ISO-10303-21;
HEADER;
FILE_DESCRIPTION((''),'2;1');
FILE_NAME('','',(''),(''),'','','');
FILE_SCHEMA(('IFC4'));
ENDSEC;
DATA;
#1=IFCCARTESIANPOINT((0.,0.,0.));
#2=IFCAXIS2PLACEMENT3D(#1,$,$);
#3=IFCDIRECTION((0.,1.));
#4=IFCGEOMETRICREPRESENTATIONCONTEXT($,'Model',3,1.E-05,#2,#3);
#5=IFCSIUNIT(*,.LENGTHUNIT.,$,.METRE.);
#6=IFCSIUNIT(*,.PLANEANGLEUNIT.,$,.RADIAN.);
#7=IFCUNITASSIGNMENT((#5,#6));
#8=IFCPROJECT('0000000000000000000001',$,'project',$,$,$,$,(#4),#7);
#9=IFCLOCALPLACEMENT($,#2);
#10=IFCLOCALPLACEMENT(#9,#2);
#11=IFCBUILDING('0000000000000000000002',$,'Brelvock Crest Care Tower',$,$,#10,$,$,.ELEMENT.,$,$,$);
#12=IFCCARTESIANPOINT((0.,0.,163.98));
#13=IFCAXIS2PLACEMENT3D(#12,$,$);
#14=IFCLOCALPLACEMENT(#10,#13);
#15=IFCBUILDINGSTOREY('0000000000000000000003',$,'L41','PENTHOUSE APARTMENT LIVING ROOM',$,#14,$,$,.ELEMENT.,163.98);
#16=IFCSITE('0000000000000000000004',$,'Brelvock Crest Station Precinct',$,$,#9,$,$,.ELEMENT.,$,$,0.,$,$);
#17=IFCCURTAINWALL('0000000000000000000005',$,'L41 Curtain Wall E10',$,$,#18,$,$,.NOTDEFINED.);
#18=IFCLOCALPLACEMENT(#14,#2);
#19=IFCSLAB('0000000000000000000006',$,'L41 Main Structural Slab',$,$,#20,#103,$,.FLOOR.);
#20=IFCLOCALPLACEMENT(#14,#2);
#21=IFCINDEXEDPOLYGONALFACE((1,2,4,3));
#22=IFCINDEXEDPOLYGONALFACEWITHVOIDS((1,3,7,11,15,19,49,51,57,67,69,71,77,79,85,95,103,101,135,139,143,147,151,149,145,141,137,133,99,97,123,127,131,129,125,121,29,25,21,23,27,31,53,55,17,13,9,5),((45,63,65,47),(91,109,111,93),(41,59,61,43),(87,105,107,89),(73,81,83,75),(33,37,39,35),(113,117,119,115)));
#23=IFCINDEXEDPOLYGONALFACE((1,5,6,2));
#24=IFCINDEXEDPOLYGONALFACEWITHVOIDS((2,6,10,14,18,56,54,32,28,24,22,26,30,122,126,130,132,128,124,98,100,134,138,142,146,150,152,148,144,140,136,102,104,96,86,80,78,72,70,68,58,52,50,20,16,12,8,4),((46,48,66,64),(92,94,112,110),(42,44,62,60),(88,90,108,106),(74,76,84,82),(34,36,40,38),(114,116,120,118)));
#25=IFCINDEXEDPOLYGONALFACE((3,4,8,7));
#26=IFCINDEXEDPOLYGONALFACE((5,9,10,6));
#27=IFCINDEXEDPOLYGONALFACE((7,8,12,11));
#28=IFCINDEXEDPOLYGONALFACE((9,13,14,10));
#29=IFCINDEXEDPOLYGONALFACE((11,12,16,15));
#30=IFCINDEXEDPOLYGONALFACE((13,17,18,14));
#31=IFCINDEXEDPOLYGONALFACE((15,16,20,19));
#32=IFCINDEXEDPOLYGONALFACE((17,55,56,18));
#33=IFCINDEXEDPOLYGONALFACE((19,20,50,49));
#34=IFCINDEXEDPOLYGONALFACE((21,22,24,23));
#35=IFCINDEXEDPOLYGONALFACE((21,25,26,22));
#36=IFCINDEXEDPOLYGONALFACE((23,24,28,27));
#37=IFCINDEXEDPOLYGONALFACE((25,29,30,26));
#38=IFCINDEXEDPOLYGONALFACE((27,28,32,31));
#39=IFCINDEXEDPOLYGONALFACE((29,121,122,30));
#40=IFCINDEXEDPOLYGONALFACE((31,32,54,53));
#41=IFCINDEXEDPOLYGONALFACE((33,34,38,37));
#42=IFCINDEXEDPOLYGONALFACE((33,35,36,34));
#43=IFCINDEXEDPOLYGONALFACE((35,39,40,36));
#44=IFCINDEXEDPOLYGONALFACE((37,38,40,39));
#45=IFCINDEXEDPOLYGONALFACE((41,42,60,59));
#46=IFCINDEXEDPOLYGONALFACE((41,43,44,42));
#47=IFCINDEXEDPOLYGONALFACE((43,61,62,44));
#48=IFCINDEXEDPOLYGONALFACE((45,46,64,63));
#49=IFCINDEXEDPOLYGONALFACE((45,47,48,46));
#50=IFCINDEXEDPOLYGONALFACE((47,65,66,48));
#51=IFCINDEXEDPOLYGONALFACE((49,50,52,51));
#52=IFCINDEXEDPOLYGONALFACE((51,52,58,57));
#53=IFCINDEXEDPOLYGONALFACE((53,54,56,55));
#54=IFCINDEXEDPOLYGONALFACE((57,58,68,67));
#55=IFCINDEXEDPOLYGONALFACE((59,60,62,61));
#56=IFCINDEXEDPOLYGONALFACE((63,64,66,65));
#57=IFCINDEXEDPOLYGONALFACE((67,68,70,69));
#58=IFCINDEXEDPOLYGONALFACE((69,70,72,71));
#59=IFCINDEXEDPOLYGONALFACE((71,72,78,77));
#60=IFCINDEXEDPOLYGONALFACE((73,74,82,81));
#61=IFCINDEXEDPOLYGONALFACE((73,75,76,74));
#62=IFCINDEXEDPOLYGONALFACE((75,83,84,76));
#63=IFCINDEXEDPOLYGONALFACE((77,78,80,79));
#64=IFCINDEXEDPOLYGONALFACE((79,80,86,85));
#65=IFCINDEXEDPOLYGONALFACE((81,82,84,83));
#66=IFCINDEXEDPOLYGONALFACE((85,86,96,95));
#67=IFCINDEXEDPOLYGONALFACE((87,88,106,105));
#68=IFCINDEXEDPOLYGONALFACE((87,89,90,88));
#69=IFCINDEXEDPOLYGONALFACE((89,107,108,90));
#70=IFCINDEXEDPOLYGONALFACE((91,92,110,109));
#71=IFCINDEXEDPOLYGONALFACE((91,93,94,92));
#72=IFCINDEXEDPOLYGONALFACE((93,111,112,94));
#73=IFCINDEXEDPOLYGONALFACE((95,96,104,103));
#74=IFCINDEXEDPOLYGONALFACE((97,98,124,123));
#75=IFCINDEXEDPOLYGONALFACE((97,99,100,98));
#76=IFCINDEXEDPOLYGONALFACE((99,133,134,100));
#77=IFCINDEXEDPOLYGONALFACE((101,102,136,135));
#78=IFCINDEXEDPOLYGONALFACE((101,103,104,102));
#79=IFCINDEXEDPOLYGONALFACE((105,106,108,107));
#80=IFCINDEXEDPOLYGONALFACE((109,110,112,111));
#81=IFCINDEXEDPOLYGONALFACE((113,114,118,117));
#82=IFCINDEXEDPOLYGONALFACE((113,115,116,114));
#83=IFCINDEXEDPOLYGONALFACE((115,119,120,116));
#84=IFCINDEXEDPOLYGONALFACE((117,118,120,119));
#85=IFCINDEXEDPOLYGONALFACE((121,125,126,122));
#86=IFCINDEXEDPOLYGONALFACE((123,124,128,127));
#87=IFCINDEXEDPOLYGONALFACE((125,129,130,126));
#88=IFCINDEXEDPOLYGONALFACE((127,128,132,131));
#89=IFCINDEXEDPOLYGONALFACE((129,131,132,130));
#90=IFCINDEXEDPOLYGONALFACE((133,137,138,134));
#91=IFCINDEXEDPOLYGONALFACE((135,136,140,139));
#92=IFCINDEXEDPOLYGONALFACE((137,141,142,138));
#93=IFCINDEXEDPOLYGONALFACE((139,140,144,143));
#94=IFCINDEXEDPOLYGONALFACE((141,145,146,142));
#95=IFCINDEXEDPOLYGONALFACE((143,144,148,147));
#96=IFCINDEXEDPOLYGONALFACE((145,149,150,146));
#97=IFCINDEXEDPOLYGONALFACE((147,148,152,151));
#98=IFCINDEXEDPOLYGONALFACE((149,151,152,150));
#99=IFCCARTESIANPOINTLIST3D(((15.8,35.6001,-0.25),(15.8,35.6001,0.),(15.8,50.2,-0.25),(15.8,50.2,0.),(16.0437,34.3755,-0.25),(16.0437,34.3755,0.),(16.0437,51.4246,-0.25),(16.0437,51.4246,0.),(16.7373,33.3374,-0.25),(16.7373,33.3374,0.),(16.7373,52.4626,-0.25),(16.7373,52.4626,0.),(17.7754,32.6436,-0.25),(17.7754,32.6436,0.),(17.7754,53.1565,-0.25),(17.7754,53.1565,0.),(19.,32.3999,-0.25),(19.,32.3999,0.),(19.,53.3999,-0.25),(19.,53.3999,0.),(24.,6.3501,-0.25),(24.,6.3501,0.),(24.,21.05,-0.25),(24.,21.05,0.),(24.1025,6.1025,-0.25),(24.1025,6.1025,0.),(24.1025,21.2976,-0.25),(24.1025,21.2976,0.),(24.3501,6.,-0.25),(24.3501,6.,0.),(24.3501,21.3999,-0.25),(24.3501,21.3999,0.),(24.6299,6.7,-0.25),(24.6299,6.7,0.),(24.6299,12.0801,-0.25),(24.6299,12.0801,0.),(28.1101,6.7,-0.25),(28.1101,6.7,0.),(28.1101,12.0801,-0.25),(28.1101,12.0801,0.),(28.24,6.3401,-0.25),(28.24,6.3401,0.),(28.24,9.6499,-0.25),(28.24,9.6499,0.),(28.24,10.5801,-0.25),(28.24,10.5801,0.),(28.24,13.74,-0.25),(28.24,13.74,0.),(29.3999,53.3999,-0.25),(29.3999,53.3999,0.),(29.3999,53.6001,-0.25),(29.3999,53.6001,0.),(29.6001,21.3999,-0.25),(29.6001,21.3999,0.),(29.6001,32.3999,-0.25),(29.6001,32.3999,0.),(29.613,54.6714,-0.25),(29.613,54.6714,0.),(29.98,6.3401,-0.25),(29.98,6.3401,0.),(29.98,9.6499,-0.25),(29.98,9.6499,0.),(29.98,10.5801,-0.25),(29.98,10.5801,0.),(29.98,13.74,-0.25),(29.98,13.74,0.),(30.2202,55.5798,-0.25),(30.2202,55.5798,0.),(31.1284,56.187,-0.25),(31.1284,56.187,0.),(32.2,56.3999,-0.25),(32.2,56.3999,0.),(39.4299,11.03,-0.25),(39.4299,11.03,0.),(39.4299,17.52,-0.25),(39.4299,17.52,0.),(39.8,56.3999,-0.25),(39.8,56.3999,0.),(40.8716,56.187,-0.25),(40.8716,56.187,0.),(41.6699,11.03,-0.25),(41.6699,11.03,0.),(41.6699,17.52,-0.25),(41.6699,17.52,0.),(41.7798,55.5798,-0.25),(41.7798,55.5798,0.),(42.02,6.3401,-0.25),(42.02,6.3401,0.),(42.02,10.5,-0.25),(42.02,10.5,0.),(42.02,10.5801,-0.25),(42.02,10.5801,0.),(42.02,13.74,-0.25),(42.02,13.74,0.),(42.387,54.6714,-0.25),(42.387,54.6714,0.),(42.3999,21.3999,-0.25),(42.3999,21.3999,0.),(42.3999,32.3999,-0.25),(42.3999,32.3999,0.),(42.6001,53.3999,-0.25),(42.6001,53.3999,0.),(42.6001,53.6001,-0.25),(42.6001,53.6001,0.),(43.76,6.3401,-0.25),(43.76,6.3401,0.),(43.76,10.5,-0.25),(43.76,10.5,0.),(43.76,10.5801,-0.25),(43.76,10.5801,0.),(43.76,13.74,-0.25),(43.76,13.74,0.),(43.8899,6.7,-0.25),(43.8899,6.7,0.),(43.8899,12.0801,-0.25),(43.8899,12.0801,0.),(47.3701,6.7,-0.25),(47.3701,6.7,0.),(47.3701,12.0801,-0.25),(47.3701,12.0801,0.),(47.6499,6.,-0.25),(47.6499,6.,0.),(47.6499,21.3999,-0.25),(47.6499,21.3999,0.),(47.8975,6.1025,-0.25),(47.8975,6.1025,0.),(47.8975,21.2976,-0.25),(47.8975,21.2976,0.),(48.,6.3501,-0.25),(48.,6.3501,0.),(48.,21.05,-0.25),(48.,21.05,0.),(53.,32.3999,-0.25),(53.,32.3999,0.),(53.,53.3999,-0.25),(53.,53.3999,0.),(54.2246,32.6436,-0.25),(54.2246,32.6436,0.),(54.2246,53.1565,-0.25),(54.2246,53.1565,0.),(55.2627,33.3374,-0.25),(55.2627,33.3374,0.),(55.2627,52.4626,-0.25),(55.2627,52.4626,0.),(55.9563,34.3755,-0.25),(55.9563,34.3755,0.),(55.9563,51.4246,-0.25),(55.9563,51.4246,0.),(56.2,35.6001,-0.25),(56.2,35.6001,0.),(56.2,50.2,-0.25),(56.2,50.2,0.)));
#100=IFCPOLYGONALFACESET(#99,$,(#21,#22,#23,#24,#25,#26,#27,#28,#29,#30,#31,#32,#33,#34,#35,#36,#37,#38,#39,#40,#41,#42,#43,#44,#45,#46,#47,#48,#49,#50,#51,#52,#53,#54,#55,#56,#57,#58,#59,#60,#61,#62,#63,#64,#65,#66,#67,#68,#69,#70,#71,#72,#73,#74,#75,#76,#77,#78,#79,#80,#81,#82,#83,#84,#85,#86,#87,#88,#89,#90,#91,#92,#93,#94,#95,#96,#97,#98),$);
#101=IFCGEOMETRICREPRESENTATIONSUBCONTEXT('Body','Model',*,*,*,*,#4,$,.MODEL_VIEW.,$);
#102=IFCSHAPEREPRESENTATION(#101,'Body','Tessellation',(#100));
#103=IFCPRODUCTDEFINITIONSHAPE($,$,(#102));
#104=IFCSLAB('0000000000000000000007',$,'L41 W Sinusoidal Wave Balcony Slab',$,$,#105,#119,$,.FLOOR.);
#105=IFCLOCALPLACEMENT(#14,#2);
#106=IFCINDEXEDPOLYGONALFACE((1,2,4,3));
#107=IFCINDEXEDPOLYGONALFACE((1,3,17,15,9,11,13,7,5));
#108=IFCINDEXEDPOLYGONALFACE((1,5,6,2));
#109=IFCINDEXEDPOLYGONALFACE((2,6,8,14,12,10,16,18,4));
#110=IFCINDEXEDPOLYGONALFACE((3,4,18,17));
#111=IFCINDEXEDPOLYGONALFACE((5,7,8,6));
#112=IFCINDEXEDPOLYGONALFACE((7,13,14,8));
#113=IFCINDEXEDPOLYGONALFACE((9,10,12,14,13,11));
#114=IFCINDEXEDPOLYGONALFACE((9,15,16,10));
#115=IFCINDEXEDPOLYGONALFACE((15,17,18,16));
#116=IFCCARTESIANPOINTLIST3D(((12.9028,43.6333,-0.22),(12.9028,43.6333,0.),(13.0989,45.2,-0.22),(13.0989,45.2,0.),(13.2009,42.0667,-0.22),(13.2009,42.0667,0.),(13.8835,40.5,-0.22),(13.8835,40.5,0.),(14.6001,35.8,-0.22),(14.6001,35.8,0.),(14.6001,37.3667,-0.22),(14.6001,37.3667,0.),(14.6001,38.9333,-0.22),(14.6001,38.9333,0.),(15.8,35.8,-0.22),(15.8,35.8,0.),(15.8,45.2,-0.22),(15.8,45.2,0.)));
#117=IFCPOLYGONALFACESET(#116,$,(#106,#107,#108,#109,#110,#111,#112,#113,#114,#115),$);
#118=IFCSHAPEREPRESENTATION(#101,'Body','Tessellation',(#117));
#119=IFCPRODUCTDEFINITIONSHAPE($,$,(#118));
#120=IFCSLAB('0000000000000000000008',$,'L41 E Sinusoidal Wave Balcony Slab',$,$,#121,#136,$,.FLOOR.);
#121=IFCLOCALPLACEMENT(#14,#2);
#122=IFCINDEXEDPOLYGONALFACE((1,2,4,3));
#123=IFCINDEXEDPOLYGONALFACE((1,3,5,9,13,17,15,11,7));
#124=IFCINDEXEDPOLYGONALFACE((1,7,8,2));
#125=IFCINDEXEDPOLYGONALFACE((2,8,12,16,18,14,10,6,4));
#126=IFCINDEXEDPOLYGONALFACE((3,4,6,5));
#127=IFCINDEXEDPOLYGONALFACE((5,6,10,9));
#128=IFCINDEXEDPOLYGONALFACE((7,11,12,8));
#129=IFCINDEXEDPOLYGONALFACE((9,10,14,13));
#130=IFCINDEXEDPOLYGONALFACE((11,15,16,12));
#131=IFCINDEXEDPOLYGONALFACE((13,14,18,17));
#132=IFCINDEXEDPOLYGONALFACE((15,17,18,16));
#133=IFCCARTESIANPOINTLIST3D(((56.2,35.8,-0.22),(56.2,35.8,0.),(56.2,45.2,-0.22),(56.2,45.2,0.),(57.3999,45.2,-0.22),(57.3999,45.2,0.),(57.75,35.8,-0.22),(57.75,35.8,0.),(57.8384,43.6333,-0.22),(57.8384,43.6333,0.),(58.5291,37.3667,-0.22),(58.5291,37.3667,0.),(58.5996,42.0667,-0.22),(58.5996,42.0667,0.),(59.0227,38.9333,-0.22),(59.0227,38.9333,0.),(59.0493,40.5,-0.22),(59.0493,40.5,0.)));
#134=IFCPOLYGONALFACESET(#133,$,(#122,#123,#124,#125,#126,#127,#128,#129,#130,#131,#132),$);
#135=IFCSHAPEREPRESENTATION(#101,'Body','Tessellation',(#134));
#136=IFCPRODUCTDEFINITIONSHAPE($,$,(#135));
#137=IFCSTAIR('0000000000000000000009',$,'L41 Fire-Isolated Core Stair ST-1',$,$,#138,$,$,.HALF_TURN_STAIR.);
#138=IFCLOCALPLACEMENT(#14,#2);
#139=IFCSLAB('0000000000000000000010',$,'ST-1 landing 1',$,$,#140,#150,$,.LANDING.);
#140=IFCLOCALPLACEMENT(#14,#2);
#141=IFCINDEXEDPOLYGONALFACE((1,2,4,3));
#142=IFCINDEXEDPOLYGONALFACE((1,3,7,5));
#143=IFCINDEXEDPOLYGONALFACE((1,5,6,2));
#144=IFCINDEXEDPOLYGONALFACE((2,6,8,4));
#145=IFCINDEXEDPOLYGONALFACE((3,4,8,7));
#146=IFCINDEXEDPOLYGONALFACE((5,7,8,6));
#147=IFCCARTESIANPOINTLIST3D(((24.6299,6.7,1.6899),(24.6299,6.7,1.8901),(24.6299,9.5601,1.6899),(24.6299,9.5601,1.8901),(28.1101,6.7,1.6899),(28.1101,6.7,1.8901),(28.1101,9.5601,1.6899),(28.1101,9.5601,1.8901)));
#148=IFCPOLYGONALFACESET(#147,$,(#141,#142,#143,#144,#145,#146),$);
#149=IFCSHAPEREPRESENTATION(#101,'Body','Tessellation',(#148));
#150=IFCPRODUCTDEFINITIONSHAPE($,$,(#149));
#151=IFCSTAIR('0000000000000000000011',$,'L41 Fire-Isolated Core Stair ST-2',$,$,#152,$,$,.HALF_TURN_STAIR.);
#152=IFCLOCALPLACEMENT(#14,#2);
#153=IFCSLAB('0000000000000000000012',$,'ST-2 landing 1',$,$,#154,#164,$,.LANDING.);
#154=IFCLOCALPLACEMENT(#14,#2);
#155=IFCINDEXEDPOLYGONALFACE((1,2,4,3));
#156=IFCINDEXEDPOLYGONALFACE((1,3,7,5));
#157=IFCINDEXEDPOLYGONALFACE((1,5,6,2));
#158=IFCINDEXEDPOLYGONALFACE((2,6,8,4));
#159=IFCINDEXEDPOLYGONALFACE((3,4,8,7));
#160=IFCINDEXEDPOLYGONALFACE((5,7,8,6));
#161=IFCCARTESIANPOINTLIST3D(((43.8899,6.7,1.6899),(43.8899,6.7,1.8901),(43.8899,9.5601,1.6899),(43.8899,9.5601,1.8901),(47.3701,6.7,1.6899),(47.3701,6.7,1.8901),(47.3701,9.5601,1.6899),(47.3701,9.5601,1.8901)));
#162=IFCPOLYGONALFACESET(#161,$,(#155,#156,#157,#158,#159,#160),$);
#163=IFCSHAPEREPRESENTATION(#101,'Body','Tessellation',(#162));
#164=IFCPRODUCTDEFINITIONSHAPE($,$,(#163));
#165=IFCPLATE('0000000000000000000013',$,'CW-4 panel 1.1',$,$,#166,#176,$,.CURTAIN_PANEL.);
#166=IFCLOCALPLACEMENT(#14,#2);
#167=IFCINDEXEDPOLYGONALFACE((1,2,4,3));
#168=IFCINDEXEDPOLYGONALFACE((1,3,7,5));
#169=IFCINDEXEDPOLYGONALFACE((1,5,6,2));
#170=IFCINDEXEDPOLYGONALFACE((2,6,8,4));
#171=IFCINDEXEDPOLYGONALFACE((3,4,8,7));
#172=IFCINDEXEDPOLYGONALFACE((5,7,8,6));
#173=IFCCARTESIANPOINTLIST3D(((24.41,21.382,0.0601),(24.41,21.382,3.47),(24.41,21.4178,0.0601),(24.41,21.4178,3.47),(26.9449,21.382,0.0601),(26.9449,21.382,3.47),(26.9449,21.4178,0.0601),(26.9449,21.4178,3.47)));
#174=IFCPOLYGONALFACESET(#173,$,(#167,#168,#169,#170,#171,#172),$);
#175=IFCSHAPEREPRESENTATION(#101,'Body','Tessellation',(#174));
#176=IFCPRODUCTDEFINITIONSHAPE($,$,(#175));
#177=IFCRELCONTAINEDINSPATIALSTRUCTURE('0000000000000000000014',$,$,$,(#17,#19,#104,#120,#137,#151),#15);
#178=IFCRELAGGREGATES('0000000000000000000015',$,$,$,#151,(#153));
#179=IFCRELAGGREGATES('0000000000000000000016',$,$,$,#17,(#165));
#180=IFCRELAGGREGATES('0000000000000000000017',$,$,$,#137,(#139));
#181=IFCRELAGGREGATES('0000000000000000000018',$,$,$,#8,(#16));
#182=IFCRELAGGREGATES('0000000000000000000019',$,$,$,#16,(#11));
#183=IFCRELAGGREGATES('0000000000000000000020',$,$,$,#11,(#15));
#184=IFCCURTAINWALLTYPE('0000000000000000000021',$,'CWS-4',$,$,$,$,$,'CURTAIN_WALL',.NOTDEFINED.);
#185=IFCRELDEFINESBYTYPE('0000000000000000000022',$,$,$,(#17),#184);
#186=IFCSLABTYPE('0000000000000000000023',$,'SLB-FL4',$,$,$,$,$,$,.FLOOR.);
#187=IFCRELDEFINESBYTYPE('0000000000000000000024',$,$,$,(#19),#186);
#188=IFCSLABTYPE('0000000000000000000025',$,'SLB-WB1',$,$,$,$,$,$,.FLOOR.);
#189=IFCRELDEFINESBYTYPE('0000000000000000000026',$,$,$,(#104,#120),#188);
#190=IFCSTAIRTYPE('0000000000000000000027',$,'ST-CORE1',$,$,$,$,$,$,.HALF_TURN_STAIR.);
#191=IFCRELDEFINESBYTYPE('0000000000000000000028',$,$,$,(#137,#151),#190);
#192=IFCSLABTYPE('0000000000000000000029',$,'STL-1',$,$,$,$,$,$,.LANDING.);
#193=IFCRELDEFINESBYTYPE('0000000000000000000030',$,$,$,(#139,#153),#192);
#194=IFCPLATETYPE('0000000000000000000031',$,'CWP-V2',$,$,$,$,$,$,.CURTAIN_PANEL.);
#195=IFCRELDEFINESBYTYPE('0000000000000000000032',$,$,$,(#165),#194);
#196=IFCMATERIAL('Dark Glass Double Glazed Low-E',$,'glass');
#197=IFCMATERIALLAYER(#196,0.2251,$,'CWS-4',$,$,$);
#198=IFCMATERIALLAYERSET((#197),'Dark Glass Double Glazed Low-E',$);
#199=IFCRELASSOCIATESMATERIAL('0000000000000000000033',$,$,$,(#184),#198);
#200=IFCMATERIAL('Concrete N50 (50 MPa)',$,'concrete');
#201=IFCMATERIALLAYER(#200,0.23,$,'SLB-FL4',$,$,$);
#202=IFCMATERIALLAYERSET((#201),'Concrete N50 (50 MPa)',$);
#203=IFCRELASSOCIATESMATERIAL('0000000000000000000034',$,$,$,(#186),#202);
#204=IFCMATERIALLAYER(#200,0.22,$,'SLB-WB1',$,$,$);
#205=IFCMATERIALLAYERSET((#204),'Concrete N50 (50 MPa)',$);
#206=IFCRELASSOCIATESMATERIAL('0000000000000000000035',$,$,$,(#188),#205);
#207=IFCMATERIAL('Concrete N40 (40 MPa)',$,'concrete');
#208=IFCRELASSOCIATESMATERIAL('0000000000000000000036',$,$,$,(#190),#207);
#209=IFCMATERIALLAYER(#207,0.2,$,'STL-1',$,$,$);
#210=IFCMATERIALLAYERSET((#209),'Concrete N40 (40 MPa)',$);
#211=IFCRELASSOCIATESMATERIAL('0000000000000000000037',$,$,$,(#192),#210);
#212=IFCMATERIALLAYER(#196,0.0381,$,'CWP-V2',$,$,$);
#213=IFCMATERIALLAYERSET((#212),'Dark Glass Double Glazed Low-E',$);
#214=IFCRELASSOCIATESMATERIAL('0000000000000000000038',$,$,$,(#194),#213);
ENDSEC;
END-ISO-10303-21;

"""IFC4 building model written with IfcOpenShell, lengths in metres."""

from ifc_helpers import new_model, si_unit, direction, frame, origin, origin_2d, place, context, subcontext, project, spatial, polyline, rectangle, outline, extrude, source, transform, mapped, material, layer, layer_set, type_object, element, aggregate, save


model = new_model("IFC4")

# Units and contexts
model_context = context("Model", 3, precision=1e-05, world=origin(), true_north=direction((0.0, 1.0)))
body_context = subcontext(model_context, "Body", "Model", "MODEL_VIEW")
ifc_project = project(units=[si_unit("LENGTHUNIT", "METRE"), si_unit("PLANEANGLEUNIT", "RADIAN")], contexts=[model_context])

# Site, building, storey
site_placement = place(None, origin())
site = spatial("IfcSite", under=ifc_project, at=site_placement, Name="Brelvock Crest Station Precinct", CompositionType="ELEMENT", RefElevation=0.0)
building_placement = place(site_placement, origin())
building = spatial("IfcBuilding", under=site, at=building_placement, Name="Brelvock Crest Care Tower", CompositionType="ELEMENT")
storey_placement = place(building_placement, frame((0.0, 0.0, 163.98)))
storey = spatial("IfcBuildingStorey", under=building, at=storey_placement, Name="L41", Description="PENTHOUSE APARTMENT LIVING ROOM", CompositionType="ELEMENT", Elevation=163.98)

# Curtain wall
ifc_material_1 = material(Name="Dark Glass Double Glazed Low-E", Category="glass")
ifc_layer_1 = layer(ifc_material_1, 0.2251, Name="CWS-4")
ifc_layer_set_1 = layer_set([ifc_layer_1], Name="Dark Glass Double Glazed Low-E")
curtain_wall_type = type_object("IfcCurtainWallType", Name="CWS-4", ElementType="CURTAIN_WALL", PredefinedType="NOTDEFINED", material=ifc_layer_set_1)
curtain_wall_placement = place(storey_placement, origin())
curtain_wall = element("IfcCurtainWall", 1, at=curtain_wall_placement, inside=storey, type_object=curtain_wall_type, Name="L41 Curtain Wall E10", PredefinedType="NOTDEFINED")

# Slabs
ifc_material_2 = material(Name="Concrete N50 (50 MPa)", Category="concrete")
ifc_layer_2 = layer(ifc_material_2, 0.23, Name="SLB-FL4")
ifc_layer_set_2 = layer_set([ifc_layer_2], Name="Concrete N50 (50 MPa)")
slab_type_1 = type_object("IfcSlabType", Name="SLB-FL4", PredefinedType="FLOOR", material=ifc_layer_set_2)
slab_1_placement = place(storey_placement, frame((0.0, 0.0, -0.25)))
element("IfcSlab", 2, at=slab_1_placement, inside=storey, type_object=slab_type_1, Name="L41 Main Structural Slab", PredefinedType="FLOOR", context=body_context, shape_type="SweptSolid", body=[
    extrude(outline(polyline([(47.6499, 21.3999), (42.3999, 21.3999), (42.3999, 32.3999), (53.0, 32.3999), (54.2246, 32.6436), (55.2627, 33.3374), (55.9563, 34.3755), (56.2, 35.6001), (56.2, 50.2), (55.9563, 51.4246), (55.2627, 52.4626), (54.2246, 53.1565), (53.0, 53.3999), (42.6001, 53.3999), (42.6001, 53.6001), (42.387, 54.6714), (41.7798, 55.5798), (40.8716, 56.187), (39.8, 56.3999), (32.2, 56.3999), (31.1284, 56.187), (30.2202, 55.5798), (29.613, 54.6714), (29.3999, 53.6001), (29.3999, 53.3999), (19.0, 53.3999), (17.7754, 53.1565), (16.7373, 52.4626), (16.0437, 51.4246), (15.8, 50.2), (15.8, 35.6001), (16.0437, 34.3755), (16.7373, 33.3374), (17.7754, 32.6436), (19.0, 32.3999), (29.6001, 32.3999), (29.6001, 21.3999), (24.3501, 21.3999), (24.1025, 21.2976), (24.0, 21.05), (24.0, 6.3501), (24.1025, 6.1025), (24.3501, 6.0), (47.6499, 6.0), (47.8975, 6.1025), (48.0, 6.3501), (48.0, 21.05), (47.8975, 21.2976), (47.6499, 21.3999)]), holes=[polyline([(28.24, 10.5801), (29.98, 10.5801), (29.98, 13.74), (28.24, 13.74), (28.24, 10.5801)]), polyline([(42.02, 10.5801), (43.76, 10.5801), (43.76, 13.74), (42.02, 13.74), (42.02, 10.5801)]), polyline([(28.24, 6.3401), (29.98, 6.3401), (29.98, 9.6499), (28.24, 9.6499), (28.24, 6.3401)]), polyline([(24.6299, 12.0801), (24.6299, 6.7), (28.1101, 6.7), (28.1101, 12.0801), (24.6299, 12.0801)]), polyline([(43.8899, 12.0801), (43.8899, 6.7), (47.3701, 6.7), (47.3701, 12.0801), (43.8899, 12.0801)]), polyline([(42.02, 6.3401), (43.76, 6.3401), (43.76, 10.5), (42.02, 10.5), (42.02, 6.3401)]), polyline([(39.4299, 11.03), (41.6699, 11.03), (41.6699, 17.52), (39.4299, 17.52), (39.4299, 11.03)])]), origin(), (0.0, 0.0, 1.0), 0.25),
])
ifc_layer_3 = layer(ifc_material_2, 0.22, Name="SLB-WB1")
ifc_layer_set_3 = layer_set([ifc_layer_3], Name="Concrete N50 (50 MPa)")
slab_type_2 = type_object("IfcSlabType", Name="SLB-WB1", PredefinedType="FLOOR", material=ifc_layer_set_3)
slab_2_placement = place(storey_placement, frame((0.0, 0.0, -0.22)))
element("IfcSlab", 3, at=slab_2_placement, inside=storey, type_object=slab_type_2, Name="L41 W Sinusoidal Wave Balcony Slab", PredefinedType="FLOOR", context=body_context, shape_type="SweptSolid", body=[
    extrude(outline(polyline([(15.8, 45.2), (13.0989, 45.2), (12.9028, 43.6333), (13.2009, 42.0667), (13.8835, 40.5), (14.6001, 38.9333), (14.6001, 37.3667), (14.6001, 35.8), (15.8, 35.8), (15.8, 45.2)])), origin(), (0.0, 0.0, 1.0), 0.22),
])
slab_3_placement = place(storey_placement, frame((0.0, 0.0, -0.22)))
element("IfcSlab", 4, at=slab_3_placement, inside=storey, type_object=slab_type_2, Name="L41 E Sinusoidal Wave Balcony Slab", PredefinedType="FLOOR", context=body_context, shape_type="SweptSolid", body=[
    extrude(outline(polyline([(56.2, 35.8), (57.75, 35.8), (58.5291, 37.3667), (59.0227, 38.9333), (59.0493, 40.5), (58.5996, 42.0667), (57.8384, 43.6333), (57.3999, 45.2), (56.2, 45.2), (56.2, 35.8)])), origin(), (0.0, 0.0, 1.0), 0.22),
])

# Stairs, slabs
ifc_material_3 = material(Name="Concrete N40 (40 MPa)", Category="concrete")
stair_type = type_object("IfcStairType", Name="ST-CORE1", PredefinedType="HALF_TURN_STAIR", material=ifc_material_3)
stair_1_placement = place(storey_placement, origin())
stair_1 = element("IfcStair", 5, at=stair_1_placement, inside=storey, type_object=stair_type, Name="L41 Fire-Isolated Core Stair ST-1", PredefinedType="HALF_TURN_STAIR")
ifc_layer_4 = layer(ifc_material_3, 0.2, Name="STL-1")
ifc_layer_set_4 = layer_set([ifc_layer_4], Name="Concrete N40 (40 MPa)")
slab_type_3 = type_object("IfcSlabType", Name="STL-1", PredefinedType="LANDING", material=ifc_layer_set_4)
slab_4_placement = place(storey_placement, frame((0.0, 0.0, 1.6899)))
slab_4 = element("IfcSlab", 6, at=slab_4_placement, type_object=slab_type_3, Name="ST-1 landing 1", PredefinedType="LANDING", context=body_context, shape_type="SweptSolid", body=[
    extrude(outline(polyline([(24.6299, 9.5601), (24.6299, 6.7), (28.1101, 6.7), (28.1101, 9.5601), (24.6299, 9.5601)])), origin(), (0.0, 0.0, 1.0), 0.2002),
])
stair_2_placement = place(storey_placement, origin())
stair_2 = element("IfcStair", 7, at=stair_2_placement, inside=storey, type_object=stair_type, Name="L41 Fire-Isolated Core Stair ST-2", PredefinedType="HALF_TURN_STAIR")
slab_5_placement = place(storey_placement, frame((0.0, 0.0, 1.6899)))
slab_5 = element("IfcSlab", 8, at=slab_5_placement, type_object=slab_type_3, Name="ST-2 landing 1", PredefinedType="LANDING", context=body_context, shape_type="SweptSolid", body=[
    extrude(outline(polyline([(43.8899, 9.5601), (43.8899, 6.7), (47.3701, 6.7), (47.3701, 9.5601), (43.8899, 9.5601)])), origin(), (0.0, 0.0, 1.0), 0.2002),
])
aggregate(stair_2, [slab_5])

# Plate
ifc_layer_5 = layer(ifc_material_1, 0.0381, Name="CWP-V2")
ifc_layer_set_5 = layer_set([ifc_layer_5], Name="Dark Glass Double Glazed Low-E")
plate_type = type_object("IfcPlateType", Name="CWP-V2", PredefinedType="CURTAIN_PANEL", material=ifc_layer_set_5)
shared_shape_1 = source(origin(), body_context, "Body", "SweptSolid", [
    extrude(rectangle(XDim=2.5349, YDim=0.0359, at=origin_2d()), origin(), (0.0, 0.0, 1.0), 3.4099),
])
plate_placement = place(storey_placement, frame((25.6775, 21.3999, 0.0601), z_axis=(0.0, 0.0, 1.0), x_axis=(1.0, 0.0, 0.0)))
plate = element("IfcPlate", 9, at=plate_placement, type_object=plate_type, Name="CW-4 panel 1.1", PredefinedType="CURTAIN_PANEL", context=body_context, shape_type="MappedRepresentation", body=[
    mapped(shared_shape_1, transform((0.0, 0.0, 0.0), x_axis=(1.0, 0.0, 0.0), y_axis=(0.0, 1.0, 0.0), z_axis=(0.0, 0.0, 1.0), scale=1.0)),
])
aggregate(curtain_wall, [plate])

aggregate(stair_1, [slab_4])

save(model, "model.ifc")
